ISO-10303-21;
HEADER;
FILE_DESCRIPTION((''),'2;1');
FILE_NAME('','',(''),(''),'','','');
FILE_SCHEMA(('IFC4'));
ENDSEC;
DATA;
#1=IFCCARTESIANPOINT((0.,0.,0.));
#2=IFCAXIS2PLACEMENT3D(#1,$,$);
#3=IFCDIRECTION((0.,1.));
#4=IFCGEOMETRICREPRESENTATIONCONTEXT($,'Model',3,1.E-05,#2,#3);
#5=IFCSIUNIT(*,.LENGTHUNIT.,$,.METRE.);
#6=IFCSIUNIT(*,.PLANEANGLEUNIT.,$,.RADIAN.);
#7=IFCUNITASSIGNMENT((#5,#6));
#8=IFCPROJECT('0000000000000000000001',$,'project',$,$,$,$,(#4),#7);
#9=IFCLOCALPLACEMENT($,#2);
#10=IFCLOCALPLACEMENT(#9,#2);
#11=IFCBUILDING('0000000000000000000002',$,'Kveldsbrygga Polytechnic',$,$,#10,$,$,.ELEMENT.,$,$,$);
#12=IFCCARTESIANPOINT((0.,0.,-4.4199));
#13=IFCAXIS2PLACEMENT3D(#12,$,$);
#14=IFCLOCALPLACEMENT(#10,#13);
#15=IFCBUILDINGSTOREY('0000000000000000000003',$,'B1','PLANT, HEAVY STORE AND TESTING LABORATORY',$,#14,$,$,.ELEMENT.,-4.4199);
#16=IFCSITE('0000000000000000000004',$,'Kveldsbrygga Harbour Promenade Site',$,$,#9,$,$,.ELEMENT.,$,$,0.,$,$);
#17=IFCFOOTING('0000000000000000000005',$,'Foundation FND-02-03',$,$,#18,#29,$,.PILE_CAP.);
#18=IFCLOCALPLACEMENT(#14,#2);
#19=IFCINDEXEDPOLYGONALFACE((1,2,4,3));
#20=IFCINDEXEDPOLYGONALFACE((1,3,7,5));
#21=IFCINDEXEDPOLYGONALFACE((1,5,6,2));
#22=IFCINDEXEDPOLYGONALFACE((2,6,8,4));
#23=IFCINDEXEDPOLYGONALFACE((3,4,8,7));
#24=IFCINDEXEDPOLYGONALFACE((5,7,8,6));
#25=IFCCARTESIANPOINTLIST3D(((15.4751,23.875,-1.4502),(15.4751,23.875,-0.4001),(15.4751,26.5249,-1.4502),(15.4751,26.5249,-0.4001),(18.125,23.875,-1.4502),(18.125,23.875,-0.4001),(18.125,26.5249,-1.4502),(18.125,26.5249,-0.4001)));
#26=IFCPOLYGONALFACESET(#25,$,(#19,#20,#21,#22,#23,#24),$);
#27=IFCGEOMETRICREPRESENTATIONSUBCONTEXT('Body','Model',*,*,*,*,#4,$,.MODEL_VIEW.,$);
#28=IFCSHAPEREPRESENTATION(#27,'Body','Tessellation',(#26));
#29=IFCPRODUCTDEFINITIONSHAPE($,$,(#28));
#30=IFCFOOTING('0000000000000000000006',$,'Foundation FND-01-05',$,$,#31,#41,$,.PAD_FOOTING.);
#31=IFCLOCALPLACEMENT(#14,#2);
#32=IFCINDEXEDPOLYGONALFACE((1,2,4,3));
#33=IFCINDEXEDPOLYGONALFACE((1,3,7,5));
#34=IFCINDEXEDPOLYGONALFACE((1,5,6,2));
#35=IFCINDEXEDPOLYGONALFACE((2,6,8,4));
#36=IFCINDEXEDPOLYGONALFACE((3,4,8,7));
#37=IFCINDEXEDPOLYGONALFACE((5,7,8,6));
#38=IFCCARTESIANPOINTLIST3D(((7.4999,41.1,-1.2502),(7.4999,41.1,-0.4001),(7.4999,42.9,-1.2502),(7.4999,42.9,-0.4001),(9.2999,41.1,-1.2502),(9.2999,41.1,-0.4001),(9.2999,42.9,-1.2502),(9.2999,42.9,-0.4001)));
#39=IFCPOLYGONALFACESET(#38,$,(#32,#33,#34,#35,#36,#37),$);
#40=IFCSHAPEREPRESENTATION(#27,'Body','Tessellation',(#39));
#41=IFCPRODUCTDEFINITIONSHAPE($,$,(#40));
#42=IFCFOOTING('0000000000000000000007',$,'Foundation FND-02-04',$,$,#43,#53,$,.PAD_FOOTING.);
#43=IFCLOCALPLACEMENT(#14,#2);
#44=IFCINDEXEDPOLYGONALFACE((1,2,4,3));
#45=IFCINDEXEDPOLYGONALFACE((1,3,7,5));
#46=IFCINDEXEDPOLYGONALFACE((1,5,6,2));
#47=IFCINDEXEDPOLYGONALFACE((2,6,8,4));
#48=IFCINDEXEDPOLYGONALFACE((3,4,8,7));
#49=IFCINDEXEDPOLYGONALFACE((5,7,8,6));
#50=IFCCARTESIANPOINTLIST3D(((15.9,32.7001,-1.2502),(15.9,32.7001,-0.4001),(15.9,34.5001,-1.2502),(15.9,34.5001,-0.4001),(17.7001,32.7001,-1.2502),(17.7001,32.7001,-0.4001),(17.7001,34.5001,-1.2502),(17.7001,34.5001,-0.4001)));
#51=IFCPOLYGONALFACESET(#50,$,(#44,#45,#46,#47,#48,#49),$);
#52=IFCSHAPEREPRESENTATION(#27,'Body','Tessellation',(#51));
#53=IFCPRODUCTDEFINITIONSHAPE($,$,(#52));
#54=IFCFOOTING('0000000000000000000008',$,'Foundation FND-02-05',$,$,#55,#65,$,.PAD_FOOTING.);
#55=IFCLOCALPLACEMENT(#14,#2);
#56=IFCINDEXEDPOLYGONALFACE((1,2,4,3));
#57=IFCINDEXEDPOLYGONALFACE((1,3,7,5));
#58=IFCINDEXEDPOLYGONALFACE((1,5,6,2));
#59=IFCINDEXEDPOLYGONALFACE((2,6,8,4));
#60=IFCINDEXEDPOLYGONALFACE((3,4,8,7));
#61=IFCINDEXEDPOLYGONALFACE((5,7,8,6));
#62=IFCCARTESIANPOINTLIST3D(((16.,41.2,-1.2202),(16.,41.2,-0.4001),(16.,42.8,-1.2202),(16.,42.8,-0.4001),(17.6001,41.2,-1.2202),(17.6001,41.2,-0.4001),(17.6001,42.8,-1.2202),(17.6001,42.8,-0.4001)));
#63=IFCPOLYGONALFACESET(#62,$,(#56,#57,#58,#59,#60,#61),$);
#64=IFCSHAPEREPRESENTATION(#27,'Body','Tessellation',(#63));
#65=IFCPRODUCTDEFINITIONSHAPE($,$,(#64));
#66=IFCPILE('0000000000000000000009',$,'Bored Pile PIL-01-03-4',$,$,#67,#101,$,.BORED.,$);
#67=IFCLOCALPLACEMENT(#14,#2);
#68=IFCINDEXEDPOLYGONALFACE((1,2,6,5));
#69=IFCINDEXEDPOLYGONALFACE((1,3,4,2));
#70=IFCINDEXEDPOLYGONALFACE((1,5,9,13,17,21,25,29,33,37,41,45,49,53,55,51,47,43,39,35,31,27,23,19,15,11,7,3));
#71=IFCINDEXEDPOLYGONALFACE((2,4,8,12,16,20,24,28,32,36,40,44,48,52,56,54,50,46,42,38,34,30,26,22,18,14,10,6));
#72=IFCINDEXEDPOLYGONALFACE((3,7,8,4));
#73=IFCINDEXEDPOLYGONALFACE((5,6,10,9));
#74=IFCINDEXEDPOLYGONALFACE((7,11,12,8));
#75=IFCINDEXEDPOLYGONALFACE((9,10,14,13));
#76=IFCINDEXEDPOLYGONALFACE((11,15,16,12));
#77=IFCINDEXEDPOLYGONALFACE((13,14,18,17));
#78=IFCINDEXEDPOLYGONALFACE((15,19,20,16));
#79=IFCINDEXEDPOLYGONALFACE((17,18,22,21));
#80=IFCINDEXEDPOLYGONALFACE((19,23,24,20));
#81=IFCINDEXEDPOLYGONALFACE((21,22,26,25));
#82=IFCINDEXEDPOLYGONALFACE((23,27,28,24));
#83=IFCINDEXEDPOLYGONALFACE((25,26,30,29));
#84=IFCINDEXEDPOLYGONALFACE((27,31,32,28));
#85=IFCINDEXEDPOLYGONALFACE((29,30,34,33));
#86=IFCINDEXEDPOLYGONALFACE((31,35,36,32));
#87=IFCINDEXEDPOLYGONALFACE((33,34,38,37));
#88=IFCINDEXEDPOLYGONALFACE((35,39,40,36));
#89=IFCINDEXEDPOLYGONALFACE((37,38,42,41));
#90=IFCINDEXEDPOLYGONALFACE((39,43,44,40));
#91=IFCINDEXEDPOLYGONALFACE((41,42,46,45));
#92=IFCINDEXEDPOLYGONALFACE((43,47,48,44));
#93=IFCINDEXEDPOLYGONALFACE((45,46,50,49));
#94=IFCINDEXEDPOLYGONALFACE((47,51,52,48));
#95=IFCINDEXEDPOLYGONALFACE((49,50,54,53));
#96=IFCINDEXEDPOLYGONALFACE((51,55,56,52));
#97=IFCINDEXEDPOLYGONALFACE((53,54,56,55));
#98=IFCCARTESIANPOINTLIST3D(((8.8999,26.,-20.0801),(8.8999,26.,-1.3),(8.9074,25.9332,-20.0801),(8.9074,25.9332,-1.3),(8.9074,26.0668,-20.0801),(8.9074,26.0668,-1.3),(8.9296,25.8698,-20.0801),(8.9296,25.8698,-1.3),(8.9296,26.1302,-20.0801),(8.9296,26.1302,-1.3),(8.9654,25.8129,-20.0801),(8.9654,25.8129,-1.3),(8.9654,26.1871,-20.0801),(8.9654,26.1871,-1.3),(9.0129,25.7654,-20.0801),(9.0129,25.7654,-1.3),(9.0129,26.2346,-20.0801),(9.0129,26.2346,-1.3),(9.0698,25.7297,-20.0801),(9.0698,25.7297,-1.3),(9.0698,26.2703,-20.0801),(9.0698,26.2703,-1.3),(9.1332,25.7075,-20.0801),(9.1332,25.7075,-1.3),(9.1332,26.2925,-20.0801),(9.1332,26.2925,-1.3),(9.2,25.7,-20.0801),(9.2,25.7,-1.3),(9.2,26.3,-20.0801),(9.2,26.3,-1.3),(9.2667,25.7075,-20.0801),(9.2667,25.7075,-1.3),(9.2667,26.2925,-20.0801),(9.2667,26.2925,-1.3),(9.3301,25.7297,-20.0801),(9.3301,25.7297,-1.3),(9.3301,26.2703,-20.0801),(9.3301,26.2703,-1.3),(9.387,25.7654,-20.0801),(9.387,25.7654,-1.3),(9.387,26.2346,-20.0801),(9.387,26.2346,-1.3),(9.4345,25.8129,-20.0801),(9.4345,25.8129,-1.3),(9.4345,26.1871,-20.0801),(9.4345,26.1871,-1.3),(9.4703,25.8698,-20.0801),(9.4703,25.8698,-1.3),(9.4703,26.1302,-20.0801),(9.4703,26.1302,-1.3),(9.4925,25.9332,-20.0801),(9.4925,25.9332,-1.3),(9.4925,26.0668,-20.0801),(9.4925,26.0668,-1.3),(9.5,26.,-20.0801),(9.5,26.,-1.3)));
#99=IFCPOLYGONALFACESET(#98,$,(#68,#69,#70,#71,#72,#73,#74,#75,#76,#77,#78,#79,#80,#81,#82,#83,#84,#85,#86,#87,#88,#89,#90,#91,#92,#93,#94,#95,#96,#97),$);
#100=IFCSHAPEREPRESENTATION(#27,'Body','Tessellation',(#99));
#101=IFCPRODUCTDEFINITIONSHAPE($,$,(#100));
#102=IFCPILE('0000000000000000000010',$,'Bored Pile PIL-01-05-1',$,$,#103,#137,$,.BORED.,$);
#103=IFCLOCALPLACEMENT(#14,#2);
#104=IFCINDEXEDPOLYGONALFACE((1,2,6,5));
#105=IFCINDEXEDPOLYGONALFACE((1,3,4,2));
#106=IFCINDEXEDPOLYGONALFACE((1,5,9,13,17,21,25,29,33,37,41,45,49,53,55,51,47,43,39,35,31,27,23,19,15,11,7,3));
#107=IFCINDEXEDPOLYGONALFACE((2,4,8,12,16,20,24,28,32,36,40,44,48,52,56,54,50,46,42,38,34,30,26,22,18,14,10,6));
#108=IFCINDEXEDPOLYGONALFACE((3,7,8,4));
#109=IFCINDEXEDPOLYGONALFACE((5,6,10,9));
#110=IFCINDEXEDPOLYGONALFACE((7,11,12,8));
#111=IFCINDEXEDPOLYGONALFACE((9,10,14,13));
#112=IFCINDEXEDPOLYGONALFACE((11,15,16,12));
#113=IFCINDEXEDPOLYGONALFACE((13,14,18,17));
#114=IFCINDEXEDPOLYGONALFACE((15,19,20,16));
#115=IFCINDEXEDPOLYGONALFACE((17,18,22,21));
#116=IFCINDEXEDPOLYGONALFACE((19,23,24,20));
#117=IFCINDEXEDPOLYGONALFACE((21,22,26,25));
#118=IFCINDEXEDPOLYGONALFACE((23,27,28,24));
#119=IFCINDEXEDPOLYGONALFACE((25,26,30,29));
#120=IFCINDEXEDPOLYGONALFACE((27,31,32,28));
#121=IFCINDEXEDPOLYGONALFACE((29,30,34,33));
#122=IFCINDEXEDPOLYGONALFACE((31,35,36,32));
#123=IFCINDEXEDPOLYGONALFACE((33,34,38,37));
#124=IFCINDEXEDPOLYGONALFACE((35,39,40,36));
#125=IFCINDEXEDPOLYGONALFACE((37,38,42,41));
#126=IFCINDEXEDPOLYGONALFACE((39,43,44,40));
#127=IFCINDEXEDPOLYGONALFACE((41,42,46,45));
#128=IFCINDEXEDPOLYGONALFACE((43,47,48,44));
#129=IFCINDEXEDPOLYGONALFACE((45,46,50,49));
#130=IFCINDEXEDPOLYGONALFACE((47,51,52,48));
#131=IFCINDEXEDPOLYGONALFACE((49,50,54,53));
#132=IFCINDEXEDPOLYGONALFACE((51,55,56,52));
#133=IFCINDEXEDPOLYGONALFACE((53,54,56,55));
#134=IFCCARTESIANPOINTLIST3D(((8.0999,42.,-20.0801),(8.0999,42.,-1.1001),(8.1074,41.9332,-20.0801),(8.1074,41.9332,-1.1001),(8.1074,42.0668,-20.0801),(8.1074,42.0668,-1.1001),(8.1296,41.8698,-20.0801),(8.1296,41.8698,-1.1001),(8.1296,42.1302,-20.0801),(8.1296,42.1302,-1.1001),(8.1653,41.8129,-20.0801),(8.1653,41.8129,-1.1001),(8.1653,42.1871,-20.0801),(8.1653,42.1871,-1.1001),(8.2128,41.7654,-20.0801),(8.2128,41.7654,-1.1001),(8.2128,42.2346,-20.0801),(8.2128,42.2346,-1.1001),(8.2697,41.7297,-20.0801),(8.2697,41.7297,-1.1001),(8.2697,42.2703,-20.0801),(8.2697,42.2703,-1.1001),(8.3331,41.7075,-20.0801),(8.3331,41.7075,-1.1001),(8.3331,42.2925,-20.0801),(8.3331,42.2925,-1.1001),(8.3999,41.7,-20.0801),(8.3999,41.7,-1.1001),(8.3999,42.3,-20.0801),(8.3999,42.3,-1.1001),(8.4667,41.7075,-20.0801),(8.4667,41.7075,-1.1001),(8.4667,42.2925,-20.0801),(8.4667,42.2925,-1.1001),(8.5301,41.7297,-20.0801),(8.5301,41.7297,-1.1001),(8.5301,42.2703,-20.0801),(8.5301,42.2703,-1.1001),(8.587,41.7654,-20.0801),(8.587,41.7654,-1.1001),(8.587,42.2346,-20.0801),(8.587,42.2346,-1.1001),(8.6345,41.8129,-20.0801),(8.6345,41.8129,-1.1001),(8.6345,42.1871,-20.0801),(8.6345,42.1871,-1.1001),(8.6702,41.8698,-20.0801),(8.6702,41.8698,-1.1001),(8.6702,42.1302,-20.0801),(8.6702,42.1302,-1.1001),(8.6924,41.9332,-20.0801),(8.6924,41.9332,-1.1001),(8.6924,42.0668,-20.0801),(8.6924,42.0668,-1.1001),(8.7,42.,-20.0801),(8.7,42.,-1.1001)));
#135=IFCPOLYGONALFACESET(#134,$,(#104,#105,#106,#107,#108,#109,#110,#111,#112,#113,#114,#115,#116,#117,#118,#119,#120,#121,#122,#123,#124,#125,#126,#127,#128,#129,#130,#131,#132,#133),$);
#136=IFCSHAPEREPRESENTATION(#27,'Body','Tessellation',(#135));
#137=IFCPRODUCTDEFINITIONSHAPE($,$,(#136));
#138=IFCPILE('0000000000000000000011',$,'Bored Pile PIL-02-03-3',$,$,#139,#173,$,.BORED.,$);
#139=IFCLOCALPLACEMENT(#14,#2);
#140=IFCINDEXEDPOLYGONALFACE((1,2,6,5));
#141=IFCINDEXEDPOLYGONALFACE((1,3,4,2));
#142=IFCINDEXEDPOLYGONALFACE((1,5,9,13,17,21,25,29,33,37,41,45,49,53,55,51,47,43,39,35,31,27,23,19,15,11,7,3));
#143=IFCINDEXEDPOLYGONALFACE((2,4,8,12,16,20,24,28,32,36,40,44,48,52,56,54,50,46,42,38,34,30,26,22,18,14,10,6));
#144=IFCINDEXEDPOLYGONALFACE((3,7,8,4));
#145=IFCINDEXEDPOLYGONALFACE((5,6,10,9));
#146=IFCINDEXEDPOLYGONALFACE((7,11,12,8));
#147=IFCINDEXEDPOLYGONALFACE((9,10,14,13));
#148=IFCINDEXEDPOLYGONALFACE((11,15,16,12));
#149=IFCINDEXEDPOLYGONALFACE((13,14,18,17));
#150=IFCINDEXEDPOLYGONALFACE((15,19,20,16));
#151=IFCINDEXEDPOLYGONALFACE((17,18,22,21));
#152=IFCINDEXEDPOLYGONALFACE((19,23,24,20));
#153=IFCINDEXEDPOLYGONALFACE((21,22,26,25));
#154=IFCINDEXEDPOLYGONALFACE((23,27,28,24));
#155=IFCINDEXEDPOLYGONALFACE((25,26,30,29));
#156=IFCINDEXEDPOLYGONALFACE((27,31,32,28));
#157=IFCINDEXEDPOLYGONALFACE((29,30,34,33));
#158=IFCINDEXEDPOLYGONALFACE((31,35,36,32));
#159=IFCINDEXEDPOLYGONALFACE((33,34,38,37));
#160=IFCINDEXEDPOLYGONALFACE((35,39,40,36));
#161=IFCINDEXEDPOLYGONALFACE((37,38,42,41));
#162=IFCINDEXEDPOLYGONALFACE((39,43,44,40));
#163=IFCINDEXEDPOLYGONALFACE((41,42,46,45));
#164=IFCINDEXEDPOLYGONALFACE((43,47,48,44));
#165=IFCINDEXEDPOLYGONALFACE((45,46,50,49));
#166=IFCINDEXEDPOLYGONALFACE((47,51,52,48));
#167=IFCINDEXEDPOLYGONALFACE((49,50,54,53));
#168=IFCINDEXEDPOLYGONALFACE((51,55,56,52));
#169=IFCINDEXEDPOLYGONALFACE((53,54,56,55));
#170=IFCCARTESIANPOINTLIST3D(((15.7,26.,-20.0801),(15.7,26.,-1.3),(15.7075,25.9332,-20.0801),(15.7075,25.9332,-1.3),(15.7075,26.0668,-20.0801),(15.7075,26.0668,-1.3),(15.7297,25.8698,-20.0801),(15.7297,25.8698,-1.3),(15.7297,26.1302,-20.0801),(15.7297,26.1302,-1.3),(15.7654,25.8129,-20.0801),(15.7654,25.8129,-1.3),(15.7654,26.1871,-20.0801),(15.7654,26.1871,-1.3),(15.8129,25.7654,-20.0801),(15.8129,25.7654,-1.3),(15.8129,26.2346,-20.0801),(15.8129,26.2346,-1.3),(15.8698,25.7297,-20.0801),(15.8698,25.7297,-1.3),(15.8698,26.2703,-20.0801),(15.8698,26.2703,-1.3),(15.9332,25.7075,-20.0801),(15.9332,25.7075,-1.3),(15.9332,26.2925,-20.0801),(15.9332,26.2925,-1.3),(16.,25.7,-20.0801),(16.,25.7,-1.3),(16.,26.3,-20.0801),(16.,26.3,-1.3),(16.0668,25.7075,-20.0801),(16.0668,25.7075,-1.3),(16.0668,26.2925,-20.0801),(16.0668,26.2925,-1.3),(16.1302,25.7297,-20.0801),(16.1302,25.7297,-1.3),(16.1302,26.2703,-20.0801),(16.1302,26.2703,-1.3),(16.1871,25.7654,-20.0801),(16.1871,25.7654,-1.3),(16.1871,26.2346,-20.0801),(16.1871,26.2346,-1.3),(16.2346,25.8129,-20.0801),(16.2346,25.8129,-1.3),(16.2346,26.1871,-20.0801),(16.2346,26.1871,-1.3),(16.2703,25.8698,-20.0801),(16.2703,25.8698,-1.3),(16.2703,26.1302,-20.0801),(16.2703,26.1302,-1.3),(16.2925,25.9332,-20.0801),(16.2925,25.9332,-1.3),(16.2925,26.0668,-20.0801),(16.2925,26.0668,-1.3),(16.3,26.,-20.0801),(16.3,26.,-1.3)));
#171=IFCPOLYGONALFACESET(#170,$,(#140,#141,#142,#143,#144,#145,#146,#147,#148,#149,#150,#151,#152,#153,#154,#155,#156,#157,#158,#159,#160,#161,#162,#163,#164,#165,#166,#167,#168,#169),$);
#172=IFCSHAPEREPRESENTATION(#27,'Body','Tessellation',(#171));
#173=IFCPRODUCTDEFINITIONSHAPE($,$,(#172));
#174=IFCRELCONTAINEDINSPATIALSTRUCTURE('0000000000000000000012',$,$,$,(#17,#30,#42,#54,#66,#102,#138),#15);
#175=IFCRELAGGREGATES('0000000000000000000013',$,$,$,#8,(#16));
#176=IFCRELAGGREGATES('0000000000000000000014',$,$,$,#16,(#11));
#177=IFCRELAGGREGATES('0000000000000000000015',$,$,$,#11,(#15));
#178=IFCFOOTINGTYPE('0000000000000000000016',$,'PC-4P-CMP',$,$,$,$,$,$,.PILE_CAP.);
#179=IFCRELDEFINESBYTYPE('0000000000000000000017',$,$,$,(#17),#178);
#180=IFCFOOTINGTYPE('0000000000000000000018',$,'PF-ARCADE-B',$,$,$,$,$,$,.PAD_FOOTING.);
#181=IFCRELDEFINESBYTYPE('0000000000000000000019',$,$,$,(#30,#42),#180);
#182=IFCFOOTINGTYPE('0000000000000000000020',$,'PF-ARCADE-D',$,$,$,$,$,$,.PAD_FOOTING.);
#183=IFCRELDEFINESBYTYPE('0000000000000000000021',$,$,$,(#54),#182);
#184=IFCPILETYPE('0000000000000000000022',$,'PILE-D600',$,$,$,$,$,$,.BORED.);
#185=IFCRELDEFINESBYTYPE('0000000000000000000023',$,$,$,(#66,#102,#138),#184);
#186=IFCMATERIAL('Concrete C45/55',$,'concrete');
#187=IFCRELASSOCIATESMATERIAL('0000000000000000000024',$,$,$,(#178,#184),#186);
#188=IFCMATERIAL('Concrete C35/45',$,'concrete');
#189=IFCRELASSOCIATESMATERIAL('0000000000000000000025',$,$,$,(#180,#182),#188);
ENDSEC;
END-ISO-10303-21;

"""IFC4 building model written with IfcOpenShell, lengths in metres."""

from ifc_helpers import new_model, si_unit, direction, frame, origin, origin_2d, place, context, subcontext, project, spatial, rectangle, circle, extrude, material, material_profile, profile_set, type_object, element, save


model = new_model("IFC4")

# Units and contexts
model_context = context("Model", 3, precision=1e-05, world=origin(), true_north=direction((0.0, 1.0)))
body_context = subcontext(model_context, "Body", "Model", "MODEL_VIEW")
ifc_project = project(units=[si_unit("LENGTHUNIT", "METRE"), si_unit("PLANEANGLEUNIT", "RADIAN")], contexts=[model_context])

# Site, building, storey
site_placement = place(None, origin())
site = spatial("IfcSite", under=ifc_project, at=site_placement, Name="Kveldsbrygga Harbour Promenade Site", CompositionType="ELEMENT", RefElevation=0.0)
building_placement = place(site_placement, origin())
building = spatial("IfcBuilding", under=site, at=building_placement, Name="Kveldsbrygga Polytechnic", CompositionType="ELEMENT")
storey_placement = place(building_placement, frame((0.0, 0.0, -4.4199)))
storey = spatial("IfcBuildingStorey", under=building, at=storey_placement, Name="B1", Description="PLANT, HEAVY STORE AND TESTING LABORATORY", CompositionType="ELEMENT", Elevation=-4.4199)

# Footings
ifc_material_1 = material(Name="Concrete C45/55", Category="concrete")
footing_type_1 = type_object("IfcFootingType", Name="PC-4P-CMP", PredefinedType="PILE_CAP", material=ifc_material_1)
footing_1_placement = place(storey_placement, frame((16.8, 25.2, -1.4502), z_axis=(0.0, 0.0, 1.0), x_axis=(1.0, 0.0, 0.0)))
element("IfcFooting", 1, at=footing_1_placement, inside=storey, type_object=footing_type_1, Name="Foundation FND-02-03", PredefinedType="PILE_CAP", context=body_context, shape_type="SweptSolid", body=[
    extrude(rectangle(XDim=2.6499, YDim=2.6499, at=origin_2d()), origin(), (0.0, 0.0, 1.0), 1.05),
])
ifc_material_2 = material(Name="Concrete C35/45", Category="concrete")
footing_type_2 = type_object("IfcFootingType", Name="PF-ARCADE-B", PredefinedType="PAD_FOOTING", material=ifc_material_2)
for number, where, z_axis, x_axis, name in (
    (2, (8.3999, 42.0, -1.2502), (0.0, 0.0, 1.0), (1.0, 0.0, 0.0), "Foundation FND-01-05"),
    (3, (16.8, 33.6001, -1.2502), (0.0, 0.0, 1.0), (1.0, 0.0, 0.0), "Foundation FND-02-04"),
):
    element("IfcFooting", number, at=place(storey_placement, frame(where, z_axis=z_axis, x_axis=x_axis)), inside=storey, type_object=footing_type_2, Name=name, PredefinedType="PAD_FOOTING", context=body_context, shape_type="SweptSolid", body=[
        extrude(rectangle(XDim=1.8, YDim=1.8, at=origin_2d()), origin(), (0.0, 0.0, 1.0), 0.8501),
    ])
footing_type_3 = type_object("IfcFootingType", Name="PF-ARCADE-D", PredefinedType="PAD_FOOTING", material=ifc_material_2)
footing_2_placement = place(storey_placement, frame((16.8, 42.0, -1.2202), z_axis=(0.0, 0.0, 1.0), x_axis=(1.0, 0.0, 0.0)))
element("IfcFooting", 4, at=footing_2_placement, inside=storey, type_object=footing_type_3, Name="Foundation FND-02-05", PredefinedType="PAD_FOOTING", context=body_context, shape_type="SweptSolid", body=[
    extrude(rectangle(XDim=1.6001, YDim=1.6001, at=origin_2d()), origin(), (0.0, 0.0, 1.0), 0.8201),
])

# Piles
ifc_material_profile_1 = material_profile(ifc_material_1, circle(Radius=0.3, at=origin_2d()), Name="PILE D600")
ifc_profile_set_1 = profile_set([ifc_material_profile_1], Name="Concrete C45/55")
pile_type = type_object("IfcPileType", Name="PILE-D600", PredefinedType="BORED", material=ifc_profile_set_1)
pile_1_placement = place(storey_placement, frame((9.2, 26.0, -1.3), z_axis=(0.0, 0.0, -1.0), x_axis=(1.0, 0.0, 0.0)))
element("IfcPile", 5, at=pile_1_placement, inside=storey, type_object=pile_type, Name="Bored Pile PIL-01-03-4", PredefinedType="BORED", context=body_context, shape_type="SweptSolid", body=[
    extrude(circle(Radius=0.3, at=origin_2d()), origin(), (0.0, 0.0, 1.0), 18.78),
])
pile_2_placement = place(storey_placement, frame((8.3999, 42.0, -1.1001), z_axis=(0.0, 0.0, -1.0), x_axis=(1.0, 0.0, 0.0)))
element("IfcPile", 6, at=pile_2_placement, inside=storey, type_object=pile_type, Name="Bored Pile PIL-01-05-1", PredefinedType="BORED", context=body_context, shape_type="SweptSolid", body=[
    extrude(circle(Radius=0.3, at=origin_2d()), origin(), (0.0, 0.0, 1.0), 18.98),
])
pile_3_placement = place(storey_placement, frame((16.0, 26.0, -1.3), z_axis=(0.0, 0.0, -1.0), x_axis=(1.0, 0.0, 0.0)))
element("IfcPile", 7, at=pile_3_placement, inside=storey, type_object=pile_type, Name="Bored Pile PIL-02-03-3", PredefinedType="BORED", context=body_context, shape_type="SweptSolid", body=[
    extrude(circle(Radius=0.3, at=origin_2d()), origin(), (0.0, 0.0, 1.0), 18.78),
])

save(model, "model.ifc")
